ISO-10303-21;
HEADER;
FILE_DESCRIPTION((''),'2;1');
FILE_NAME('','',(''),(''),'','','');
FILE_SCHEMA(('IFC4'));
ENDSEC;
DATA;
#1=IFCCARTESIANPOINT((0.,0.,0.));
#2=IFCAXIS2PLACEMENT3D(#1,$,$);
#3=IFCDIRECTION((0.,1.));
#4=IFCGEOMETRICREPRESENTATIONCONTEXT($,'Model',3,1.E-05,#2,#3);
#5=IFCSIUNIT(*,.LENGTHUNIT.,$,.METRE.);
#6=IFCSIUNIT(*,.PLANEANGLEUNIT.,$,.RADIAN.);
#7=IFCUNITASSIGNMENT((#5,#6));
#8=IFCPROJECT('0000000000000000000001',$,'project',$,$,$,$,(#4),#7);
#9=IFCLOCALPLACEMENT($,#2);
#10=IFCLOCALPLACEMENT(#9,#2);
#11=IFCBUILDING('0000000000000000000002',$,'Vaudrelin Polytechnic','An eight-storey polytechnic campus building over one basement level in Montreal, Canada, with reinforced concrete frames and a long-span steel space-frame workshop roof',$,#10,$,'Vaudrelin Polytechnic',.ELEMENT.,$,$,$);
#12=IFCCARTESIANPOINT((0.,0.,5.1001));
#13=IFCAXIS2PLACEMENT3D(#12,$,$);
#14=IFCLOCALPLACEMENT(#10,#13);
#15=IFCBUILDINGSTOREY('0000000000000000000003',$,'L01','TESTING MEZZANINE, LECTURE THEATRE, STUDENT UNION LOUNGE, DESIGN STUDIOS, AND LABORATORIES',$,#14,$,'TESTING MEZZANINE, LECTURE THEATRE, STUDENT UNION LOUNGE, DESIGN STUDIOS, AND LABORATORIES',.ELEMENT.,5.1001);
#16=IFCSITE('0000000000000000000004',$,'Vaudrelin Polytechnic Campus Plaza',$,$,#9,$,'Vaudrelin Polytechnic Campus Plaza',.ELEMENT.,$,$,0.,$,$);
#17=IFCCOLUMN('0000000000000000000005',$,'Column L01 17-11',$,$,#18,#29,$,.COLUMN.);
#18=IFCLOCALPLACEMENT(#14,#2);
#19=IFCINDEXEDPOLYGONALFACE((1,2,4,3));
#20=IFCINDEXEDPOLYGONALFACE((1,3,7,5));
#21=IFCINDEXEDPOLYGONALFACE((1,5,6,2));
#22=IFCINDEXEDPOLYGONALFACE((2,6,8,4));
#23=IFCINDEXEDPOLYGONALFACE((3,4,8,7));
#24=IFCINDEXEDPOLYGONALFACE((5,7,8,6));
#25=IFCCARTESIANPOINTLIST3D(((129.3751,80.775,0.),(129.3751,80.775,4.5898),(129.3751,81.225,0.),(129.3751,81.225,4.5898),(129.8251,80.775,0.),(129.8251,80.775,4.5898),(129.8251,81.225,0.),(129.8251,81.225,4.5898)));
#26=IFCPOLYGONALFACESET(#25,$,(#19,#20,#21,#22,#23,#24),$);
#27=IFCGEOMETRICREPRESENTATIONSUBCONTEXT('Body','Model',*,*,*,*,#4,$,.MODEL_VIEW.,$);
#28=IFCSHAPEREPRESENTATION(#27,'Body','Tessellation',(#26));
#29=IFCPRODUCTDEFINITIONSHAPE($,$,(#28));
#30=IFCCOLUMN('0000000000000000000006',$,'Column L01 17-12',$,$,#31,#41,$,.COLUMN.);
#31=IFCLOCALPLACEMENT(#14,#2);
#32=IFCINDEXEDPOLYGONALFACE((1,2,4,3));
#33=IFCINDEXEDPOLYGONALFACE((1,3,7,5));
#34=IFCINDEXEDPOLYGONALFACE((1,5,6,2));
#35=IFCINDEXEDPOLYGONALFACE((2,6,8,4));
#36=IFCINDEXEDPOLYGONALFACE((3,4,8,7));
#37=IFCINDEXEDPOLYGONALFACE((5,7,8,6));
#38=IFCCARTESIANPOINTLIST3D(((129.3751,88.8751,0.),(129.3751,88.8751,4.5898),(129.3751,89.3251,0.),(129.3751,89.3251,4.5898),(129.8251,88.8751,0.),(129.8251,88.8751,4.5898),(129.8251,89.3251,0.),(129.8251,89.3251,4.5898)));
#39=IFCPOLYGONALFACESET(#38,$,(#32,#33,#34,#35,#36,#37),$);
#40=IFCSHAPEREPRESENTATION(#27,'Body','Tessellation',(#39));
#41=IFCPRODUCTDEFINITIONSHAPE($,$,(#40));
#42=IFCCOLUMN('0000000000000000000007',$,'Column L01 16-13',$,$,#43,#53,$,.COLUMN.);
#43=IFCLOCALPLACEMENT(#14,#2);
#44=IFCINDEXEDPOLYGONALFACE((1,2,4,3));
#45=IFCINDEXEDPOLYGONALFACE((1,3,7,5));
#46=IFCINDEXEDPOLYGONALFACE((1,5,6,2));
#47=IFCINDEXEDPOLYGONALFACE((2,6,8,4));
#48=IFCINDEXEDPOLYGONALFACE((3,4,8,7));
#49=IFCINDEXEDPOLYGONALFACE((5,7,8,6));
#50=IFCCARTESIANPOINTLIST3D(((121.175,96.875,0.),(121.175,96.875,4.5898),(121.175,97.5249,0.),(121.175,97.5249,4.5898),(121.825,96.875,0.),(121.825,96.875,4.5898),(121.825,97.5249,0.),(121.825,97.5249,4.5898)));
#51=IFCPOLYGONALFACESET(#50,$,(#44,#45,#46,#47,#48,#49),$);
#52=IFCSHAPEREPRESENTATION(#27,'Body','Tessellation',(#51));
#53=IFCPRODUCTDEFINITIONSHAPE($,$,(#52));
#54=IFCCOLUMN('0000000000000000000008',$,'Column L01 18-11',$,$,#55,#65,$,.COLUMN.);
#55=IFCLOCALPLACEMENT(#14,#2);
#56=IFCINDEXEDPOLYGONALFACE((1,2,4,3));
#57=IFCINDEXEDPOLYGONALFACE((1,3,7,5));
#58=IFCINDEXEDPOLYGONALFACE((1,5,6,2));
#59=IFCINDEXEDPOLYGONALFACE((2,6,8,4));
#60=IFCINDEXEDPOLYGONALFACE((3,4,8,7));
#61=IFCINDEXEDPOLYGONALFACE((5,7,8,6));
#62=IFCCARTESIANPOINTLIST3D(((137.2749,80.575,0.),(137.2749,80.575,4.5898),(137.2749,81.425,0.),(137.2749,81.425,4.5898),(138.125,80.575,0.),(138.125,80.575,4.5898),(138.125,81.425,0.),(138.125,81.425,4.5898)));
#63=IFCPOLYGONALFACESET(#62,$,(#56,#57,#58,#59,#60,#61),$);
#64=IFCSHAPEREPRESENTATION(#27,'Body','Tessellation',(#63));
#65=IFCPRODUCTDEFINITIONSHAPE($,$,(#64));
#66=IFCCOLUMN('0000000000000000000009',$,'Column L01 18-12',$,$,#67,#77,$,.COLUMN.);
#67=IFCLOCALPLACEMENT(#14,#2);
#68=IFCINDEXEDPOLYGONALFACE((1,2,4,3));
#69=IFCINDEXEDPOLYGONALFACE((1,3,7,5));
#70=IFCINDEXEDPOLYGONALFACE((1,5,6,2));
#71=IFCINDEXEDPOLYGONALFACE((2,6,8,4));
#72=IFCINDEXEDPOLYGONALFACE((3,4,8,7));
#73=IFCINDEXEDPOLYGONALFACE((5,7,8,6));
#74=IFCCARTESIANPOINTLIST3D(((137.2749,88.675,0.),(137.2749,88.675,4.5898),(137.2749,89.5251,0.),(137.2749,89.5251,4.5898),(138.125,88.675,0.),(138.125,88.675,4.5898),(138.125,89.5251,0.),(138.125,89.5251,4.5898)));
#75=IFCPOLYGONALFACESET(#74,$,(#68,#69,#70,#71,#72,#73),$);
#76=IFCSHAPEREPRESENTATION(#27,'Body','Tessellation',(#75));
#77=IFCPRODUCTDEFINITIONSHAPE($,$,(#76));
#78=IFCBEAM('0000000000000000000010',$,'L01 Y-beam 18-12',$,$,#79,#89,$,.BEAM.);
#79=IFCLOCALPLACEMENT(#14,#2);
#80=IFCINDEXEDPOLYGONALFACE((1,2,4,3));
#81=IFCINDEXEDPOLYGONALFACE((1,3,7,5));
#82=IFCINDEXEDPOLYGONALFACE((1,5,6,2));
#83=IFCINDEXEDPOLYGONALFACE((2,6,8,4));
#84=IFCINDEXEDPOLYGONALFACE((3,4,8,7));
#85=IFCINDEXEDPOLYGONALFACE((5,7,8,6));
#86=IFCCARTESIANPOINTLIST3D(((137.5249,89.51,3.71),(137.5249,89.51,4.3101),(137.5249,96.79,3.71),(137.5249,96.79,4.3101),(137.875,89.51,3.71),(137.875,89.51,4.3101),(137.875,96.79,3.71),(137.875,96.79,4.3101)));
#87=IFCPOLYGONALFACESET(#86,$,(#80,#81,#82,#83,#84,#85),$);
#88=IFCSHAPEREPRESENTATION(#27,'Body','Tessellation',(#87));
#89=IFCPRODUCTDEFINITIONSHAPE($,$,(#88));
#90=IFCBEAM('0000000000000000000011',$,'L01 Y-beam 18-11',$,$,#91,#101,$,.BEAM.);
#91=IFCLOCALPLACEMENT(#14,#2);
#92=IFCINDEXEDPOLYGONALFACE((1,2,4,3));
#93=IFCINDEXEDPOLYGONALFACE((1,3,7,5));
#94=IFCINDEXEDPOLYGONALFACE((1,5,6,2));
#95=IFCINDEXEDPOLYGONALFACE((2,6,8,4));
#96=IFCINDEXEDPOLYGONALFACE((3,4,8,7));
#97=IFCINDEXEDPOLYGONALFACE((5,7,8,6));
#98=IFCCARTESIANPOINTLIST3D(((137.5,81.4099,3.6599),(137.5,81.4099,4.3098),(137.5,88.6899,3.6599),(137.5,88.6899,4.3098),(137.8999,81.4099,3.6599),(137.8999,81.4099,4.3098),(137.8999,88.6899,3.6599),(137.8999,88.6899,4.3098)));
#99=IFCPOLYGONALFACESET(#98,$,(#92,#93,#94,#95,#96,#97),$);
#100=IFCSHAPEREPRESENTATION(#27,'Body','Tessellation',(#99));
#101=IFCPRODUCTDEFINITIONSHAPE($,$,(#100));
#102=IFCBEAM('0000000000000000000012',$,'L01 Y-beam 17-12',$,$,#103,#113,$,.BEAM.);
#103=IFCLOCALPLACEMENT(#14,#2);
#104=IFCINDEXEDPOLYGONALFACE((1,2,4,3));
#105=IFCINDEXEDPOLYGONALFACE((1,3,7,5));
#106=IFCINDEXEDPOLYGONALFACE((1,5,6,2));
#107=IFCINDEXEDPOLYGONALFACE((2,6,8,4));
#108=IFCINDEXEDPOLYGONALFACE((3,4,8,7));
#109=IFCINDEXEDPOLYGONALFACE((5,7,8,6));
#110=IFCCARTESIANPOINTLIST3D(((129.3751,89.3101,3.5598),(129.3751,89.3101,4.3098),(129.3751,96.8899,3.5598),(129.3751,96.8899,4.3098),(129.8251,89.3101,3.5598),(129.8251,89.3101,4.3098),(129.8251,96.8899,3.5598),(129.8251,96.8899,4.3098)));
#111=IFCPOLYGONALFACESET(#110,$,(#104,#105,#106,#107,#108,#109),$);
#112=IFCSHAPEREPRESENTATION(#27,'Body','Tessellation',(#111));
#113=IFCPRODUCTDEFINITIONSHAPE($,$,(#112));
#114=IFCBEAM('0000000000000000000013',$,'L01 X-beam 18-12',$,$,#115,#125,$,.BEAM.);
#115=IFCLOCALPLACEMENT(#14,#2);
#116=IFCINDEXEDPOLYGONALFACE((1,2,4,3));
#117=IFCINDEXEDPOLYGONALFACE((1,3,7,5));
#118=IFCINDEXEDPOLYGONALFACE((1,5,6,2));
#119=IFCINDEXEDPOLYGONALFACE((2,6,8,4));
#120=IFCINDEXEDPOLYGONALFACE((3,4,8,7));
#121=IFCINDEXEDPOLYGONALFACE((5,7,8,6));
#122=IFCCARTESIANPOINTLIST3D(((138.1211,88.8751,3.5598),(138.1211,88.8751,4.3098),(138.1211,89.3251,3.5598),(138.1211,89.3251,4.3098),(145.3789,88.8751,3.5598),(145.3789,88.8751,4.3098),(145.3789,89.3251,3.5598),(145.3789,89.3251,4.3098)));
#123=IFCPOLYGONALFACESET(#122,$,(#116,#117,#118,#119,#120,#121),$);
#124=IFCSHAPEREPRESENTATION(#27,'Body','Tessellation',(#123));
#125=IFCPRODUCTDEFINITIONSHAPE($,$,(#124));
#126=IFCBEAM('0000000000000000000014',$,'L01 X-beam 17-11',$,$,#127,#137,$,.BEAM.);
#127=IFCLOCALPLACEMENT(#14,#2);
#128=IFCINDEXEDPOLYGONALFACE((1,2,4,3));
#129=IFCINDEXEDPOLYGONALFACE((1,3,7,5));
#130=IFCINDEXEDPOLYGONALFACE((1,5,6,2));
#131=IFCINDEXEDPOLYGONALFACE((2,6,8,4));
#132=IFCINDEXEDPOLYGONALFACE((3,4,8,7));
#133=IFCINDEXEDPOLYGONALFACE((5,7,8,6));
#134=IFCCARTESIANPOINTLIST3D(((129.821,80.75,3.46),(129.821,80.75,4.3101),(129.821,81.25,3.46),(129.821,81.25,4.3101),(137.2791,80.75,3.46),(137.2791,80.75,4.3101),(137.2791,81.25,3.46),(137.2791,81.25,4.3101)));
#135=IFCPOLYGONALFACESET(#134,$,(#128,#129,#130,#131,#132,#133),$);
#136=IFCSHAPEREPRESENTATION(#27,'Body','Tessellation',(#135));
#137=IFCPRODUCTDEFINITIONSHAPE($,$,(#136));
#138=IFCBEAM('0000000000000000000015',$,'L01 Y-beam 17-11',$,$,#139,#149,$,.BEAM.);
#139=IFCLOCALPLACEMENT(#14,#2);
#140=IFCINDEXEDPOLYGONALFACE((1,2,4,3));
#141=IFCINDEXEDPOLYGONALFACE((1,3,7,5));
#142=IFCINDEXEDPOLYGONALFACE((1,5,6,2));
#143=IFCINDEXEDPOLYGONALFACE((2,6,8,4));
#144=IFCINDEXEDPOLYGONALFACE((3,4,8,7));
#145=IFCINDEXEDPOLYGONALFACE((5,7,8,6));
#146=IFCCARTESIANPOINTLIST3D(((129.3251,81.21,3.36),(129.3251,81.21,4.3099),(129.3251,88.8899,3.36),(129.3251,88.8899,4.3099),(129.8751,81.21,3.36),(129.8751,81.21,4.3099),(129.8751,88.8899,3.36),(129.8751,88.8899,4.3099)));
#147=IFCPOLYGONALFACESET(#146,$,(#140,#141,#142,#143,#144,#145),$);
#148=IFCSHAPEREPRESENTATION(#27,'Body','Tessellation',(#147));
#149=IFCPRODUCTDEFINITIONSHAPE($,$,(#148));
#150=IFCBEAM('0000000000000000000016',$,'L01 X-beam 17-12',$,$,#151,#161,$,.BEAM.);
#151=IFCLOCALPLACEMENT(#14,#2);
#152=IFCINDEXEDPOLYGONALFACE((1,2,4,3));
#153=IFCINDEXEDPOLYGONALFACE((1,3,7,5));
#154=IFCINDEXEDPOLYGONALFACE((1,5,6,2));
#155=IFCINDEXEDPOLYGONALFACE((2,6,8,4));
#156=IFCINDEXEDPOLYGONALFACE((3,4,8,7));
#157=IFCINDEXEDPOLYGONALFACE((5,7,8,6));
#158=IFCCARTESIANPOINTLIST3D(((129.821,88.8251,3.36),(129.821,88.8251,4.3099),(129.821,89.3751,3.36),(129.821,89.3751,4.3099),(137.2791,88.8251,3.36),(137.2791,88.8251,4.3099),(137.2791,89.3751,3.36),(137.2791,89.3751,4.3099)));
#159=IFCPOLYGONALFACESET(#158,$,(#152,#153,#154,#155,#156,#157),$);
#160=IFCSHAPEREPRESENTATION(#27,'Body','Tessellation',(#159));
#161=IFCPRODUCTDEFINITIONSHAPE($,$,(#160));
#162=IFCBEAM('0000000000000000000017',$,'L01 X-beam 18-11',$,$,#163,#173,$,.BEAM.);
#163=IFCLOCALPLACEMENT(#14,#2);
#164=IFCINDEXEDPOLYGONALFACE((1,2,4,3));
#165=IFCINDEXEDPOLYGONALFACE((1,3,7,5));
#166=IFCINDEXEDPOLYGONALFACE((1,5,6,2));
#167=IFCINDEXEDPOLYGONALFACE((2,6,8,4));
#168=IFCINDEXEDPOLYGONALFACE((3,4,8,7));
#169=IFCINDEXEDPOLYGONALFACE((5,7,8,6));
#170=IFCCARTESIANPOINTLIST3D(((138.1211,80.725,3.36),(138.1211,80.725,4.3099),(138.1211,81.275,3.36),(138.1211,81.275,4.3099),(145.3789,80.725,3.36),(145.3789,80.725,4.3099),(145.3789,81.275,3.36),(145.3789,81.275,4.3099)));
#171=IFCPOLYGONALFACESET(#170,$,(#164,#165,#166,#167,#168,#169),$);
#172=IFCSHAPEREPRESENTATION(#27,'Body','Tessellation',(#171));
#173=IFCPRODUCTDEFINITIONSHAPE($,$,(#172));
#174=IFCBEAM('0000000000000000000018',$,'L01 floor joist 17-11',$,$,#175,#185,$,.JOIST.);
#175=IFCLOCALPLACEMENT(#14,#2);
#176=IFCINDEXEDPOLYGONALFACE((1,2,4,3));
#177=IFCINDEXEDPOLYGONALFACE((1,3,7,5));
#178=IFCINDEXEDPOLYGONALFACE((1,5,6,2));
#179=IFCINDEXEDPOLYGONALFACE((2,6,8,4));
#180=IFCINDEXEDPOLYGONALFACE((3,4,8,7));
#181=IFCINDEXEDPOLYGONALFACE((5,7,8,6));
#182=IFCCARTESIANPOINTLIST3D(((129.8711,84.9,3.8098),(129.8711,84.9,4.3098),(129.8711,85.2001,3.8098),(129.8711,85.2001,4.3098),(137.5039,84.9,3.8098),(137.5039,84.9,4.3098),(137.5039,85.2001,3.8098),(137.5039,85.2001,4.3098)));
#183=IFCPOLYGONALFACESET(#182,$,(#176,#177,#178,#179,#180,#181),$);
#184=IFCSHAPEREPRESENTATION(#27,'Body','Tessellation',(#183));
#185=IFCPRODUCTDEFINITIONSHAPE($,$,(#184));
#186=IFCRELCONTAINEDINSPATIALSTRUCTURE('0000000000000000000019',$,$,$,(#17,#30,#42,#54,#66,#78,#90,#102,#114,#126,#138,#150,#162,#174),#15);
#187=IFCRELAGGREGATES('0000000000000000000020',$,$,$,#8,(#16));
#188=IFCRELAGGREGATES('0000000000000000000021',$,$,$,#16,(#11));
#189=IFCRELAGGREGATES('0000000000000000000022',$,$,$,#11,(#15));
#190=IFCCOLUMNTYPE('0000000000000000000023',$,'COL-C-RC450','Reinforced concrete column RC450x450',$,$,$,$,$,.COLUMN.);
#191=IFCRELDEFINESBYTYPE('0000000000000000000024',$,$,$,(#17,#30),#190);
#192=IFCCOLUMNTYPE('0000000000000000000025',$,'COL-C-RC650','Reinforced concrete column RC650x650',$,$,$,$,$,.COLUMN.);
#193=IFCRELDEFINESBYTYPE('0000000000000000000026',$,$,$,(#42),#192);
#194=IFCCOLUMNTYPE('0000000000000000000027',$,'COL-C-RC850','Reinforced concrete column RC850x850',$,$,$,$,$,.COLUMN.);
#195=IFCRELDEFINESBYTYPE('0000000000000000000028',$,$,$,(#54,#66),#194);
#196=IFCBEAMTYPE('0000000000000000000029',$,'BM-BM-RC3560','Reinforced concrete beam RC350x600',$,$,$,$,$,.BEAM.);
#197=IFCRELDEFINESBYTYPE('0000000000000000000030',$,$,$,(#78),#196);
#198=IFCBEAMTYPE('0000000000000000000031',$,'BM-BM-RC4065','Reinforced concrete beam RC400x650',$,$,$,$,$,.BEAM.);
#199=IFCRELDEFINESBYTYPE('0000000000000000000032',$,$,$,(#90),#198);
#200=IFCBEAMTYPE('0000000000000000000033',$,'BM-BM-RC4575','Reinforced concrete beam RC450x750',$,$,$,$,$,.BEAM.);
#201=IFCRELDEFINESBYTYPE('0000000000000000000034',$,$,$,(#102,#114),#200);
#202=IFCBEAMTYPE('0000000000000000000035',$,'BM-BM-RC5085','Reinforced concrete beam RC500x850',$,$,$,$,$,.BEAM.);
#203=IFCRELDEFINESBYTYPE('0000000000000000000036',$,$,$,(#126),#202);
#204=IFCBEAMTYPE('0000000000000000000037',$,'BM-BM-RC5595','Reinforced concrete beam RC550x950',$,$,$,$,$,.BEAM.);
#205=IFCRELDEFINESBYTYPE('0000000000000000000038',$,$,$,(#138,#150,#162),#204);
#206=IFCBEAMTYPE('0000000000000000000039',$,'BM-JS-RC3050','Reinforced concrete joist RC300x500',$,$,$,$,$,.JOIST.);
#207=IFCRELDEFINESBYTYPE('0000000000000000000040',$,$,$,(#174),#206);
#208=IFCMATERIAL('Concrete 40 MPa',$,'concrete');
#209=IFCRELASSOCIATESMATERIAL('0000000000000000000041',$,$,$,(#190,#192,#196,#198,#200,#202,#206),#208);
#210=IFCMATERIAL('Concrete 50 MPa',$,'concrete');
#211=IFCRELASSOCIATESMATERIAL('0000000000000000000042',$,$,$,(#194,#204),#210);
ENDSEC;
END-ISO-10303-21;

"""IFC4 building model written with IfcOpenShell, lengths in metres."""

from ifc_helpers import new_model, si_unit, direction, frame, origin, origin_2d, place, context, subcontext, project, spatial, rectangle, extrude, material, material_profile, profile_set, type_object, element, save


model = new_model("IFC4")

# Units and contexts
model_context = context("Model", 3, precision=1e-05, world=origin(), true_north=direction((0.0, 1.0)))
body_context = subcontext(model_context, "Body", "Model", "MODEL_VIEW")
ifc_project = project(units=[si_unit("LENGTHUNIT", "METRE"), si_unit("PLANEANGLEUNIT", "RADIAN")], contexts=[model_context])

# Site, building, storey
site_placement = place(None, origin())
site = spatial("IfcSite", under=ifc_project, at=site_placement, Name="Vaudrelin Polytechnic Campus Plaza", LongName="Vaudrelin Polytechnic Campus Plaza", CompositionType="ELEMENT", RefElevation=0.0)
building_placement = place(site_placement, origin())
building = spatial("IfcBuilding", under=site, at=building_placement, Name="Vaudrelin Polytechnic", Description="An eight-storey polytechnic campus building over one basement level in Montreal, Canada, with reinforced concrete frames and a long-span steel space-frame workshop roof", LongName="Vaudrelin Polytechnic", CompositionType="ELEMENT")
storey_placement = place(building_placement, frame((0.0, 0.0, 5.1001)))
storey = spatial("IfcBuildingStorey", under=building, at=storey_placement, Name="L01", Description="TESTING MEZZANINE, LECTURE THEATRE, STUDENT UNION LOUNGE, DESIGN STUDIOS, AND LABORATORIES", LongName="TESTING MEZZANINE, LECTURE THEATRE, STUDENT UNION LOUNGE, DESIGN STUDIOS, AND LABORATORIES", CompositionType="ELEMENT", Elevation=5.1001)

# Columns
ifc_material_1 = material(Name="Concrete 40 MPa", Category="concrete")
ifc_material_profile_1 = material_profile(ifc_material_1, rectangle(XDim=0.45, YDim=0.45, at=origin_2d()), Name="RC450x450")
ifc_profile_set_1 = profile_set([ifc_material_profile_1], Name="Concrete 40 MPa")
column_type_1 = type_object("IfcColumnType", Name="COL-C-RC450", Description="Reinforced concrete column RC450x450", PredefinedType="COLUMN", material=ifc_profile_set_1)
for number, where, z_axis, x_axis, name in (
    (1, (129.6001, 81.0, 0.0), (0.0, 0.0, 1.0), (1.0, 0.0, 0.0), "Column L01 17-11"),
    (2, (129.6001, 89.1001, 0.0), (0.0, 0.0, 1.0), (1.0, 0.0, 0.0), "Column L01 17-12"),
):
    element("IfcColumn", number, at=place(storey_placement, frame(where, z_axis=z_axis, x_axis=x_axis)), inside=storey, type_object=column_type_1, Name=name, PredefinedType="COLUMN", context=body_context, shape_type="SweptSolid", body=[
        extrude(rectangle(XDim=0.45, YDim=0.45, at=origin_2d()), origin(), (0.0, 0.0, 1.0), 4.5898),
    ])
ifc_material_profile_2 = material_profile(ifc_material_1, rectangle(XDim=0.6499, YDim=0.6499, at=origin_2d()), Name="RC650x650")
ifc_profile_set_2 = profile_set([ifc_material_profile_2], Name="Concrete 40 MPa")
column_type_2 = type_object("IfcColumnType", Name="COL-C-RC650", Description="Reinforced concrete column RC650x650", PredefinedType="COLUMN", material=ifc_profile_set_2)
column_placement = place(storey_placement, frame((121.5, 97.2, 0.0), z_axis=(0.0, 0.0, 1.0), x_axis=(1.0, 0.0, 0.0)))
element("IfcColumn", 3, at=column_placement, inside=storey, type_object=column_type_2, Name="Column L01 16-13", PredefinedType="COLUMN", context=body_context, shape_type="SweptSolid", body=[
    extrude(rectangle(XDim=0.6499, YDim=0.6499, at=origin_2d()), origin(), (0.0, 0.0, 1.0), 4.5898),
])
ifc_material_2 = material(Name="Concrete 50 MPa", Category="concrete")
ifc_material_profile_3 = material_profile(ifc_material_2, rectangle(XDim=0.8501, YDim=0.8501, at=origin_2d()), Name="RC850x850")
ifc_profile_set_3 = profile_set([ifc_material_profile_3], Name="Concrete 50 MPa")
column_type_3 = type_object("IfcColumnType", Name="COL-C-RC850", Description="Reinforced concrete column RC850x850", PredefinedType="COLUMN", material=ifc_profile_set_3)
for number, where, z_axis, x_axis, name in (
    (4, (137.7, 81.0, 0.0), (0.0, 0.0, 1.0), (1.0, 0.0, 0.0), "Column L01 18-11"),
    (5, (137.7, 89.1001, 0.0), (0.0, 0.0, 1.0), (1.0, 0.0, 0.0), "Column L01 18-12"),
):
    element("IfcColumn", number, at=place(storey_placement, frame(where, z_axis=z_axis, x_axis=x_axis)), inside=storey, type_object=column_type_3, Name=name, PredefinedType="COLUMN", context=body_context, shape_type="SweptSolid", body=[
        extrude(rectangle(XDim=0.8501, YDim=0.8501, at=origin_2d()), origin(), (0.0, 0.0, 1.0), 4.5898),
    ])

# Beams
ifc_material_profile_4 = material_profile(ifc_material_1, rectangle(XDim=0.3501, YDim=0.6001, at=origin_2d()), Name="RC350x600")
ifc_profile_set_4 = profile_set([ifc_material_profile_4], Name="Concrete 40 MPa")
beam_type_1 = type_object("IfcBeamType", Name="BM-BM-RC3560", Description="Reinforced concrete beam RC350x600", PredefinedType="BEAM", material=ifc_profile_set_4)
beam_1_placement = place(storey_placement, frame((137.7, 89.51, 4.01), z_axis=(0.0, 1.0, 0.0), x_axis=(-1.0, 0.0, 0.0)))
element("IfcBeam", 6, at=beam_1_placement, inside=storey, type_object=beam_type_1, Name="L01 Y-beam 18-12", PredefinedType="BEAM", context=body_context, shape_type="SweptSolid", body=[
    extrude(rectangle(XDim=0.3501, YDim=0.6001, at=origin_2d()), origin(), (0.0, 0.0, 1.0), 7.28),
])
ifc_material_profile_5 = material_profile(ifc_material_1, rectangle(XDim=0.3999, YDim=0.6499, at=origin_2d()), Name="RC400x650")
ifc_profile_set_5 = profile_set([ifc_material_profile_5], Name="Concrete 40 MPa")
beam_type_2 = type_object("IfcBeamType", Name="BM-BM-RC4065", Description="Reinforced concrete beam RC400x650", PredefinedType="BEAM", material=ifc_profile_set_5)
beam_2_placement = place(storey_placement, frame((137.7, 81.4099, 3.9849), z_axis=(0.0, 1.0, 0.0), x_axis=(-1.0, 0.0, 0.0)))
element("IfcBeam", 7, at=beam_2_placement, inside=storey, type_object=beam_type_2, Name="L01 Y-beam 18-11", PredefinedType="BEAM", context=body_context, shape_type="SweptSolid", body=[
    extrude(rectangle(XDim=0.3999, YDim=0.6499, at=origin_2d()), origin(), (0.0, 0.0, 1.0), 7.28),
])
ifc_material_profile_6 = material_profile(ifc_material_1, rectangle(XDim=0.45, YDim=0.75, at=origin_2d()), Name="RC450x750")
ifc_profile_set_6 = profile_set([ifc_material_profile_6], Name="Concrete 40 MPa")
beam_type_3 = type_object("IfcBeamType", Name="BM-BM-RC4575", Description="Reinforced concrete beam RC450x750", PredefinedType="BEAM", material=ifc_profile_set_6)
beam_3_placement = place(storey_placement, frame((129.6001, 89.3101, 3.9348), z_axis=(0.0, 1.0, 0.0), x_axis=(-1.0, 0.0, 0.0)))
element("IfcBeam", 8, at=beam_3_placement, inside=storey, type_object=beam_type_3, Name="L01 Y-beam 17-12", PredefinedType="BEAM", context=body_context, shape_type="SweptSolid", body=[
    extrude(rectangle(XDim=0.45, YDim=0.75, at=origin_2d()), origin(), (0.0, 0.0, 1.0), 7.5798),
])
beam_4_placement = place(storey_placement, frame((138.1211, 89.1001, 3.9348), z_axis=(1.0, 0.0, 0.0), x_axis=(0.0, 1.0, 0.0)))
element("IfcBeam", 9, at=beam_4_placement, inside=storey, type_object=beam_type_3, Name="L01 X-beam 18-12", PredefinedType="BEAM", context=body_context, shape_type="SweptSolid", body=[
    extrude(rectangle(XDim=0.45, YDim=0.75, at=origin_2d()), origin(), (0.0, 0.0, 1.0), 7.2578),
])
ifc_material_profile_7 = material_profile(ifc_material_1, rectangle(XDim=0.5, YDim=0.8501, at=origin_2d()), Name="RC500x850")
ifc_profile_set_7 = profile_set([ifc_material_profile_7], Name="Concrete 40 MPa")
beam_type_4 = type_object("IfcBeamType", Name="BM-BM-RC5085", Description="Reinforced concrete beam RC500x850", PredefinedType="BEAM", material=ifc_profile_set_7)
beam_5_placement = place(storey_placement, frame((129.821, 81.0, 3.885), z_axis=(1.0, 0.0, 0.0), x_axis=(0.0, 1.0, 0.0)))
element("IfcBeam", 10, at=beam_5_placement, inside=storey, type_object=beam_type_4, Name="L01 X-beam 17-11", PredefinedType="BEAM", context=body_context, shape_type="SweptSolid", body=[
    extrude(rectangle(XDim=0.5, YDim=0.8501, at=origin_2d()), origin(), (0.0, 0.0, 1.0), 7.458),
])
ifc_material_profile_8 = material_profile(ifc_material_2, rectangle(XDim=0.55, YDim=0.95, at=origin_2d()), Name="RC550x950")
ifc_profile_set_8 = profile_set([ifc_material_profile_8], Name="Concrete 50 MPa")
beam_type_5 = type_object("IfcBeamType", Name="BM-BM-RC5595", Description="Reinforced concrete beam RC550x950", PredefinedType="BEAM", material=ifc_profile_set_8)
beam_6_placement = place(storey_placement, frame((129.6001, 81.21, 3.835), z_axis=(0.0, 1.0, 0.0), x_axis=(-1.0, 0.0, 0.0)))
element("IfcBeam", 11, at=beam_6_placement, inside=storey, type_object=beam_type_5, Name="L01 Y-beam 17-11", PredefinedType="BEAM", context=body_context, shape_type="SweptSolid", body=[
    extrude(rectangle(XDim=0.55, YDim=0.95, at=origin_2d()), origin(), (0.0, 0.0, 1.0), 7.6799),
])
beam_7_placement = place(storey_placement, frame((129.821, 89.1001, 3.835), z_axis=(1.0, 0.0, 0.0), x_axis=(0.0, 1.0, 0.0)))
element("IfcBeam", 12, at=beam_7_placement, inside=storey, type_object=beam_type_5, Name="L01 X-beam 17-12", PredefinedType="BEAM", context=body_context, shape_type="SweptSolid", body=[
    extrude(rectangle(XDim=0.55, YDim=0.95, at=origin_2d()), origin(), (0.0, 0.0, 1.0), 7.458),
])
beam_8_placement = place(storey_placement, frame((138.1211, 81.0, 3.835), z_axis=(1.0, 0.0, 0.0), x_axis=(0.0, 1.0, 0.0)))
element("IfcBeam", 13, at=beam_8_placement, inside=storey, type_object=beam_type_5, Name="L01 X-beam 18-11", PredefinedType="BEAM", context=body_context, shape_type="SweptSolid", body=[
    extrude(rectangle(XDim=0.55, YDim=0.95, at=origin_2d()), origin(), (0.0, 0.0, 1.0), 7.2578),
])
ifc_material_profile_9 = material_profile(ifc_material_1, rectangle(XDim=0.3, YDim=0.5, at=origin_2d()), Name="RC300x500")
ifc_profile_set_9 = profile_set([ifc_material_profile_9], Name="Concrete 40 MPa")
beam_type_6 = type_object("IfcBeamType", Name="BM-JS-RC3050", Description="Reinforced concrete joist RC300x500", PredefinedType="JOIST", material=ifc_profile_set_9)
beam_9_placement = place(storey_placement, frame((129.8711, 85.05, 4.0598), z_axis=(1.0, 0.0, 0.0), x_axis=(0.0, 1.0, 0.0)))
element("IfcBeam", 14, at=beam_9_placement, inside=storey, type_object=beam_type_6, Name="L01 floor joist 17-11", PredefinedType="JOIST", context=body_context, shape_type="SweptSolid", body=[
    extrude(rectangle(XDim=0.3, YDim=0.5, at=origin_2d()), origin(), (0.0, 0.0, 1.0), 7.6328),
])

save(model, "model.ifc")
